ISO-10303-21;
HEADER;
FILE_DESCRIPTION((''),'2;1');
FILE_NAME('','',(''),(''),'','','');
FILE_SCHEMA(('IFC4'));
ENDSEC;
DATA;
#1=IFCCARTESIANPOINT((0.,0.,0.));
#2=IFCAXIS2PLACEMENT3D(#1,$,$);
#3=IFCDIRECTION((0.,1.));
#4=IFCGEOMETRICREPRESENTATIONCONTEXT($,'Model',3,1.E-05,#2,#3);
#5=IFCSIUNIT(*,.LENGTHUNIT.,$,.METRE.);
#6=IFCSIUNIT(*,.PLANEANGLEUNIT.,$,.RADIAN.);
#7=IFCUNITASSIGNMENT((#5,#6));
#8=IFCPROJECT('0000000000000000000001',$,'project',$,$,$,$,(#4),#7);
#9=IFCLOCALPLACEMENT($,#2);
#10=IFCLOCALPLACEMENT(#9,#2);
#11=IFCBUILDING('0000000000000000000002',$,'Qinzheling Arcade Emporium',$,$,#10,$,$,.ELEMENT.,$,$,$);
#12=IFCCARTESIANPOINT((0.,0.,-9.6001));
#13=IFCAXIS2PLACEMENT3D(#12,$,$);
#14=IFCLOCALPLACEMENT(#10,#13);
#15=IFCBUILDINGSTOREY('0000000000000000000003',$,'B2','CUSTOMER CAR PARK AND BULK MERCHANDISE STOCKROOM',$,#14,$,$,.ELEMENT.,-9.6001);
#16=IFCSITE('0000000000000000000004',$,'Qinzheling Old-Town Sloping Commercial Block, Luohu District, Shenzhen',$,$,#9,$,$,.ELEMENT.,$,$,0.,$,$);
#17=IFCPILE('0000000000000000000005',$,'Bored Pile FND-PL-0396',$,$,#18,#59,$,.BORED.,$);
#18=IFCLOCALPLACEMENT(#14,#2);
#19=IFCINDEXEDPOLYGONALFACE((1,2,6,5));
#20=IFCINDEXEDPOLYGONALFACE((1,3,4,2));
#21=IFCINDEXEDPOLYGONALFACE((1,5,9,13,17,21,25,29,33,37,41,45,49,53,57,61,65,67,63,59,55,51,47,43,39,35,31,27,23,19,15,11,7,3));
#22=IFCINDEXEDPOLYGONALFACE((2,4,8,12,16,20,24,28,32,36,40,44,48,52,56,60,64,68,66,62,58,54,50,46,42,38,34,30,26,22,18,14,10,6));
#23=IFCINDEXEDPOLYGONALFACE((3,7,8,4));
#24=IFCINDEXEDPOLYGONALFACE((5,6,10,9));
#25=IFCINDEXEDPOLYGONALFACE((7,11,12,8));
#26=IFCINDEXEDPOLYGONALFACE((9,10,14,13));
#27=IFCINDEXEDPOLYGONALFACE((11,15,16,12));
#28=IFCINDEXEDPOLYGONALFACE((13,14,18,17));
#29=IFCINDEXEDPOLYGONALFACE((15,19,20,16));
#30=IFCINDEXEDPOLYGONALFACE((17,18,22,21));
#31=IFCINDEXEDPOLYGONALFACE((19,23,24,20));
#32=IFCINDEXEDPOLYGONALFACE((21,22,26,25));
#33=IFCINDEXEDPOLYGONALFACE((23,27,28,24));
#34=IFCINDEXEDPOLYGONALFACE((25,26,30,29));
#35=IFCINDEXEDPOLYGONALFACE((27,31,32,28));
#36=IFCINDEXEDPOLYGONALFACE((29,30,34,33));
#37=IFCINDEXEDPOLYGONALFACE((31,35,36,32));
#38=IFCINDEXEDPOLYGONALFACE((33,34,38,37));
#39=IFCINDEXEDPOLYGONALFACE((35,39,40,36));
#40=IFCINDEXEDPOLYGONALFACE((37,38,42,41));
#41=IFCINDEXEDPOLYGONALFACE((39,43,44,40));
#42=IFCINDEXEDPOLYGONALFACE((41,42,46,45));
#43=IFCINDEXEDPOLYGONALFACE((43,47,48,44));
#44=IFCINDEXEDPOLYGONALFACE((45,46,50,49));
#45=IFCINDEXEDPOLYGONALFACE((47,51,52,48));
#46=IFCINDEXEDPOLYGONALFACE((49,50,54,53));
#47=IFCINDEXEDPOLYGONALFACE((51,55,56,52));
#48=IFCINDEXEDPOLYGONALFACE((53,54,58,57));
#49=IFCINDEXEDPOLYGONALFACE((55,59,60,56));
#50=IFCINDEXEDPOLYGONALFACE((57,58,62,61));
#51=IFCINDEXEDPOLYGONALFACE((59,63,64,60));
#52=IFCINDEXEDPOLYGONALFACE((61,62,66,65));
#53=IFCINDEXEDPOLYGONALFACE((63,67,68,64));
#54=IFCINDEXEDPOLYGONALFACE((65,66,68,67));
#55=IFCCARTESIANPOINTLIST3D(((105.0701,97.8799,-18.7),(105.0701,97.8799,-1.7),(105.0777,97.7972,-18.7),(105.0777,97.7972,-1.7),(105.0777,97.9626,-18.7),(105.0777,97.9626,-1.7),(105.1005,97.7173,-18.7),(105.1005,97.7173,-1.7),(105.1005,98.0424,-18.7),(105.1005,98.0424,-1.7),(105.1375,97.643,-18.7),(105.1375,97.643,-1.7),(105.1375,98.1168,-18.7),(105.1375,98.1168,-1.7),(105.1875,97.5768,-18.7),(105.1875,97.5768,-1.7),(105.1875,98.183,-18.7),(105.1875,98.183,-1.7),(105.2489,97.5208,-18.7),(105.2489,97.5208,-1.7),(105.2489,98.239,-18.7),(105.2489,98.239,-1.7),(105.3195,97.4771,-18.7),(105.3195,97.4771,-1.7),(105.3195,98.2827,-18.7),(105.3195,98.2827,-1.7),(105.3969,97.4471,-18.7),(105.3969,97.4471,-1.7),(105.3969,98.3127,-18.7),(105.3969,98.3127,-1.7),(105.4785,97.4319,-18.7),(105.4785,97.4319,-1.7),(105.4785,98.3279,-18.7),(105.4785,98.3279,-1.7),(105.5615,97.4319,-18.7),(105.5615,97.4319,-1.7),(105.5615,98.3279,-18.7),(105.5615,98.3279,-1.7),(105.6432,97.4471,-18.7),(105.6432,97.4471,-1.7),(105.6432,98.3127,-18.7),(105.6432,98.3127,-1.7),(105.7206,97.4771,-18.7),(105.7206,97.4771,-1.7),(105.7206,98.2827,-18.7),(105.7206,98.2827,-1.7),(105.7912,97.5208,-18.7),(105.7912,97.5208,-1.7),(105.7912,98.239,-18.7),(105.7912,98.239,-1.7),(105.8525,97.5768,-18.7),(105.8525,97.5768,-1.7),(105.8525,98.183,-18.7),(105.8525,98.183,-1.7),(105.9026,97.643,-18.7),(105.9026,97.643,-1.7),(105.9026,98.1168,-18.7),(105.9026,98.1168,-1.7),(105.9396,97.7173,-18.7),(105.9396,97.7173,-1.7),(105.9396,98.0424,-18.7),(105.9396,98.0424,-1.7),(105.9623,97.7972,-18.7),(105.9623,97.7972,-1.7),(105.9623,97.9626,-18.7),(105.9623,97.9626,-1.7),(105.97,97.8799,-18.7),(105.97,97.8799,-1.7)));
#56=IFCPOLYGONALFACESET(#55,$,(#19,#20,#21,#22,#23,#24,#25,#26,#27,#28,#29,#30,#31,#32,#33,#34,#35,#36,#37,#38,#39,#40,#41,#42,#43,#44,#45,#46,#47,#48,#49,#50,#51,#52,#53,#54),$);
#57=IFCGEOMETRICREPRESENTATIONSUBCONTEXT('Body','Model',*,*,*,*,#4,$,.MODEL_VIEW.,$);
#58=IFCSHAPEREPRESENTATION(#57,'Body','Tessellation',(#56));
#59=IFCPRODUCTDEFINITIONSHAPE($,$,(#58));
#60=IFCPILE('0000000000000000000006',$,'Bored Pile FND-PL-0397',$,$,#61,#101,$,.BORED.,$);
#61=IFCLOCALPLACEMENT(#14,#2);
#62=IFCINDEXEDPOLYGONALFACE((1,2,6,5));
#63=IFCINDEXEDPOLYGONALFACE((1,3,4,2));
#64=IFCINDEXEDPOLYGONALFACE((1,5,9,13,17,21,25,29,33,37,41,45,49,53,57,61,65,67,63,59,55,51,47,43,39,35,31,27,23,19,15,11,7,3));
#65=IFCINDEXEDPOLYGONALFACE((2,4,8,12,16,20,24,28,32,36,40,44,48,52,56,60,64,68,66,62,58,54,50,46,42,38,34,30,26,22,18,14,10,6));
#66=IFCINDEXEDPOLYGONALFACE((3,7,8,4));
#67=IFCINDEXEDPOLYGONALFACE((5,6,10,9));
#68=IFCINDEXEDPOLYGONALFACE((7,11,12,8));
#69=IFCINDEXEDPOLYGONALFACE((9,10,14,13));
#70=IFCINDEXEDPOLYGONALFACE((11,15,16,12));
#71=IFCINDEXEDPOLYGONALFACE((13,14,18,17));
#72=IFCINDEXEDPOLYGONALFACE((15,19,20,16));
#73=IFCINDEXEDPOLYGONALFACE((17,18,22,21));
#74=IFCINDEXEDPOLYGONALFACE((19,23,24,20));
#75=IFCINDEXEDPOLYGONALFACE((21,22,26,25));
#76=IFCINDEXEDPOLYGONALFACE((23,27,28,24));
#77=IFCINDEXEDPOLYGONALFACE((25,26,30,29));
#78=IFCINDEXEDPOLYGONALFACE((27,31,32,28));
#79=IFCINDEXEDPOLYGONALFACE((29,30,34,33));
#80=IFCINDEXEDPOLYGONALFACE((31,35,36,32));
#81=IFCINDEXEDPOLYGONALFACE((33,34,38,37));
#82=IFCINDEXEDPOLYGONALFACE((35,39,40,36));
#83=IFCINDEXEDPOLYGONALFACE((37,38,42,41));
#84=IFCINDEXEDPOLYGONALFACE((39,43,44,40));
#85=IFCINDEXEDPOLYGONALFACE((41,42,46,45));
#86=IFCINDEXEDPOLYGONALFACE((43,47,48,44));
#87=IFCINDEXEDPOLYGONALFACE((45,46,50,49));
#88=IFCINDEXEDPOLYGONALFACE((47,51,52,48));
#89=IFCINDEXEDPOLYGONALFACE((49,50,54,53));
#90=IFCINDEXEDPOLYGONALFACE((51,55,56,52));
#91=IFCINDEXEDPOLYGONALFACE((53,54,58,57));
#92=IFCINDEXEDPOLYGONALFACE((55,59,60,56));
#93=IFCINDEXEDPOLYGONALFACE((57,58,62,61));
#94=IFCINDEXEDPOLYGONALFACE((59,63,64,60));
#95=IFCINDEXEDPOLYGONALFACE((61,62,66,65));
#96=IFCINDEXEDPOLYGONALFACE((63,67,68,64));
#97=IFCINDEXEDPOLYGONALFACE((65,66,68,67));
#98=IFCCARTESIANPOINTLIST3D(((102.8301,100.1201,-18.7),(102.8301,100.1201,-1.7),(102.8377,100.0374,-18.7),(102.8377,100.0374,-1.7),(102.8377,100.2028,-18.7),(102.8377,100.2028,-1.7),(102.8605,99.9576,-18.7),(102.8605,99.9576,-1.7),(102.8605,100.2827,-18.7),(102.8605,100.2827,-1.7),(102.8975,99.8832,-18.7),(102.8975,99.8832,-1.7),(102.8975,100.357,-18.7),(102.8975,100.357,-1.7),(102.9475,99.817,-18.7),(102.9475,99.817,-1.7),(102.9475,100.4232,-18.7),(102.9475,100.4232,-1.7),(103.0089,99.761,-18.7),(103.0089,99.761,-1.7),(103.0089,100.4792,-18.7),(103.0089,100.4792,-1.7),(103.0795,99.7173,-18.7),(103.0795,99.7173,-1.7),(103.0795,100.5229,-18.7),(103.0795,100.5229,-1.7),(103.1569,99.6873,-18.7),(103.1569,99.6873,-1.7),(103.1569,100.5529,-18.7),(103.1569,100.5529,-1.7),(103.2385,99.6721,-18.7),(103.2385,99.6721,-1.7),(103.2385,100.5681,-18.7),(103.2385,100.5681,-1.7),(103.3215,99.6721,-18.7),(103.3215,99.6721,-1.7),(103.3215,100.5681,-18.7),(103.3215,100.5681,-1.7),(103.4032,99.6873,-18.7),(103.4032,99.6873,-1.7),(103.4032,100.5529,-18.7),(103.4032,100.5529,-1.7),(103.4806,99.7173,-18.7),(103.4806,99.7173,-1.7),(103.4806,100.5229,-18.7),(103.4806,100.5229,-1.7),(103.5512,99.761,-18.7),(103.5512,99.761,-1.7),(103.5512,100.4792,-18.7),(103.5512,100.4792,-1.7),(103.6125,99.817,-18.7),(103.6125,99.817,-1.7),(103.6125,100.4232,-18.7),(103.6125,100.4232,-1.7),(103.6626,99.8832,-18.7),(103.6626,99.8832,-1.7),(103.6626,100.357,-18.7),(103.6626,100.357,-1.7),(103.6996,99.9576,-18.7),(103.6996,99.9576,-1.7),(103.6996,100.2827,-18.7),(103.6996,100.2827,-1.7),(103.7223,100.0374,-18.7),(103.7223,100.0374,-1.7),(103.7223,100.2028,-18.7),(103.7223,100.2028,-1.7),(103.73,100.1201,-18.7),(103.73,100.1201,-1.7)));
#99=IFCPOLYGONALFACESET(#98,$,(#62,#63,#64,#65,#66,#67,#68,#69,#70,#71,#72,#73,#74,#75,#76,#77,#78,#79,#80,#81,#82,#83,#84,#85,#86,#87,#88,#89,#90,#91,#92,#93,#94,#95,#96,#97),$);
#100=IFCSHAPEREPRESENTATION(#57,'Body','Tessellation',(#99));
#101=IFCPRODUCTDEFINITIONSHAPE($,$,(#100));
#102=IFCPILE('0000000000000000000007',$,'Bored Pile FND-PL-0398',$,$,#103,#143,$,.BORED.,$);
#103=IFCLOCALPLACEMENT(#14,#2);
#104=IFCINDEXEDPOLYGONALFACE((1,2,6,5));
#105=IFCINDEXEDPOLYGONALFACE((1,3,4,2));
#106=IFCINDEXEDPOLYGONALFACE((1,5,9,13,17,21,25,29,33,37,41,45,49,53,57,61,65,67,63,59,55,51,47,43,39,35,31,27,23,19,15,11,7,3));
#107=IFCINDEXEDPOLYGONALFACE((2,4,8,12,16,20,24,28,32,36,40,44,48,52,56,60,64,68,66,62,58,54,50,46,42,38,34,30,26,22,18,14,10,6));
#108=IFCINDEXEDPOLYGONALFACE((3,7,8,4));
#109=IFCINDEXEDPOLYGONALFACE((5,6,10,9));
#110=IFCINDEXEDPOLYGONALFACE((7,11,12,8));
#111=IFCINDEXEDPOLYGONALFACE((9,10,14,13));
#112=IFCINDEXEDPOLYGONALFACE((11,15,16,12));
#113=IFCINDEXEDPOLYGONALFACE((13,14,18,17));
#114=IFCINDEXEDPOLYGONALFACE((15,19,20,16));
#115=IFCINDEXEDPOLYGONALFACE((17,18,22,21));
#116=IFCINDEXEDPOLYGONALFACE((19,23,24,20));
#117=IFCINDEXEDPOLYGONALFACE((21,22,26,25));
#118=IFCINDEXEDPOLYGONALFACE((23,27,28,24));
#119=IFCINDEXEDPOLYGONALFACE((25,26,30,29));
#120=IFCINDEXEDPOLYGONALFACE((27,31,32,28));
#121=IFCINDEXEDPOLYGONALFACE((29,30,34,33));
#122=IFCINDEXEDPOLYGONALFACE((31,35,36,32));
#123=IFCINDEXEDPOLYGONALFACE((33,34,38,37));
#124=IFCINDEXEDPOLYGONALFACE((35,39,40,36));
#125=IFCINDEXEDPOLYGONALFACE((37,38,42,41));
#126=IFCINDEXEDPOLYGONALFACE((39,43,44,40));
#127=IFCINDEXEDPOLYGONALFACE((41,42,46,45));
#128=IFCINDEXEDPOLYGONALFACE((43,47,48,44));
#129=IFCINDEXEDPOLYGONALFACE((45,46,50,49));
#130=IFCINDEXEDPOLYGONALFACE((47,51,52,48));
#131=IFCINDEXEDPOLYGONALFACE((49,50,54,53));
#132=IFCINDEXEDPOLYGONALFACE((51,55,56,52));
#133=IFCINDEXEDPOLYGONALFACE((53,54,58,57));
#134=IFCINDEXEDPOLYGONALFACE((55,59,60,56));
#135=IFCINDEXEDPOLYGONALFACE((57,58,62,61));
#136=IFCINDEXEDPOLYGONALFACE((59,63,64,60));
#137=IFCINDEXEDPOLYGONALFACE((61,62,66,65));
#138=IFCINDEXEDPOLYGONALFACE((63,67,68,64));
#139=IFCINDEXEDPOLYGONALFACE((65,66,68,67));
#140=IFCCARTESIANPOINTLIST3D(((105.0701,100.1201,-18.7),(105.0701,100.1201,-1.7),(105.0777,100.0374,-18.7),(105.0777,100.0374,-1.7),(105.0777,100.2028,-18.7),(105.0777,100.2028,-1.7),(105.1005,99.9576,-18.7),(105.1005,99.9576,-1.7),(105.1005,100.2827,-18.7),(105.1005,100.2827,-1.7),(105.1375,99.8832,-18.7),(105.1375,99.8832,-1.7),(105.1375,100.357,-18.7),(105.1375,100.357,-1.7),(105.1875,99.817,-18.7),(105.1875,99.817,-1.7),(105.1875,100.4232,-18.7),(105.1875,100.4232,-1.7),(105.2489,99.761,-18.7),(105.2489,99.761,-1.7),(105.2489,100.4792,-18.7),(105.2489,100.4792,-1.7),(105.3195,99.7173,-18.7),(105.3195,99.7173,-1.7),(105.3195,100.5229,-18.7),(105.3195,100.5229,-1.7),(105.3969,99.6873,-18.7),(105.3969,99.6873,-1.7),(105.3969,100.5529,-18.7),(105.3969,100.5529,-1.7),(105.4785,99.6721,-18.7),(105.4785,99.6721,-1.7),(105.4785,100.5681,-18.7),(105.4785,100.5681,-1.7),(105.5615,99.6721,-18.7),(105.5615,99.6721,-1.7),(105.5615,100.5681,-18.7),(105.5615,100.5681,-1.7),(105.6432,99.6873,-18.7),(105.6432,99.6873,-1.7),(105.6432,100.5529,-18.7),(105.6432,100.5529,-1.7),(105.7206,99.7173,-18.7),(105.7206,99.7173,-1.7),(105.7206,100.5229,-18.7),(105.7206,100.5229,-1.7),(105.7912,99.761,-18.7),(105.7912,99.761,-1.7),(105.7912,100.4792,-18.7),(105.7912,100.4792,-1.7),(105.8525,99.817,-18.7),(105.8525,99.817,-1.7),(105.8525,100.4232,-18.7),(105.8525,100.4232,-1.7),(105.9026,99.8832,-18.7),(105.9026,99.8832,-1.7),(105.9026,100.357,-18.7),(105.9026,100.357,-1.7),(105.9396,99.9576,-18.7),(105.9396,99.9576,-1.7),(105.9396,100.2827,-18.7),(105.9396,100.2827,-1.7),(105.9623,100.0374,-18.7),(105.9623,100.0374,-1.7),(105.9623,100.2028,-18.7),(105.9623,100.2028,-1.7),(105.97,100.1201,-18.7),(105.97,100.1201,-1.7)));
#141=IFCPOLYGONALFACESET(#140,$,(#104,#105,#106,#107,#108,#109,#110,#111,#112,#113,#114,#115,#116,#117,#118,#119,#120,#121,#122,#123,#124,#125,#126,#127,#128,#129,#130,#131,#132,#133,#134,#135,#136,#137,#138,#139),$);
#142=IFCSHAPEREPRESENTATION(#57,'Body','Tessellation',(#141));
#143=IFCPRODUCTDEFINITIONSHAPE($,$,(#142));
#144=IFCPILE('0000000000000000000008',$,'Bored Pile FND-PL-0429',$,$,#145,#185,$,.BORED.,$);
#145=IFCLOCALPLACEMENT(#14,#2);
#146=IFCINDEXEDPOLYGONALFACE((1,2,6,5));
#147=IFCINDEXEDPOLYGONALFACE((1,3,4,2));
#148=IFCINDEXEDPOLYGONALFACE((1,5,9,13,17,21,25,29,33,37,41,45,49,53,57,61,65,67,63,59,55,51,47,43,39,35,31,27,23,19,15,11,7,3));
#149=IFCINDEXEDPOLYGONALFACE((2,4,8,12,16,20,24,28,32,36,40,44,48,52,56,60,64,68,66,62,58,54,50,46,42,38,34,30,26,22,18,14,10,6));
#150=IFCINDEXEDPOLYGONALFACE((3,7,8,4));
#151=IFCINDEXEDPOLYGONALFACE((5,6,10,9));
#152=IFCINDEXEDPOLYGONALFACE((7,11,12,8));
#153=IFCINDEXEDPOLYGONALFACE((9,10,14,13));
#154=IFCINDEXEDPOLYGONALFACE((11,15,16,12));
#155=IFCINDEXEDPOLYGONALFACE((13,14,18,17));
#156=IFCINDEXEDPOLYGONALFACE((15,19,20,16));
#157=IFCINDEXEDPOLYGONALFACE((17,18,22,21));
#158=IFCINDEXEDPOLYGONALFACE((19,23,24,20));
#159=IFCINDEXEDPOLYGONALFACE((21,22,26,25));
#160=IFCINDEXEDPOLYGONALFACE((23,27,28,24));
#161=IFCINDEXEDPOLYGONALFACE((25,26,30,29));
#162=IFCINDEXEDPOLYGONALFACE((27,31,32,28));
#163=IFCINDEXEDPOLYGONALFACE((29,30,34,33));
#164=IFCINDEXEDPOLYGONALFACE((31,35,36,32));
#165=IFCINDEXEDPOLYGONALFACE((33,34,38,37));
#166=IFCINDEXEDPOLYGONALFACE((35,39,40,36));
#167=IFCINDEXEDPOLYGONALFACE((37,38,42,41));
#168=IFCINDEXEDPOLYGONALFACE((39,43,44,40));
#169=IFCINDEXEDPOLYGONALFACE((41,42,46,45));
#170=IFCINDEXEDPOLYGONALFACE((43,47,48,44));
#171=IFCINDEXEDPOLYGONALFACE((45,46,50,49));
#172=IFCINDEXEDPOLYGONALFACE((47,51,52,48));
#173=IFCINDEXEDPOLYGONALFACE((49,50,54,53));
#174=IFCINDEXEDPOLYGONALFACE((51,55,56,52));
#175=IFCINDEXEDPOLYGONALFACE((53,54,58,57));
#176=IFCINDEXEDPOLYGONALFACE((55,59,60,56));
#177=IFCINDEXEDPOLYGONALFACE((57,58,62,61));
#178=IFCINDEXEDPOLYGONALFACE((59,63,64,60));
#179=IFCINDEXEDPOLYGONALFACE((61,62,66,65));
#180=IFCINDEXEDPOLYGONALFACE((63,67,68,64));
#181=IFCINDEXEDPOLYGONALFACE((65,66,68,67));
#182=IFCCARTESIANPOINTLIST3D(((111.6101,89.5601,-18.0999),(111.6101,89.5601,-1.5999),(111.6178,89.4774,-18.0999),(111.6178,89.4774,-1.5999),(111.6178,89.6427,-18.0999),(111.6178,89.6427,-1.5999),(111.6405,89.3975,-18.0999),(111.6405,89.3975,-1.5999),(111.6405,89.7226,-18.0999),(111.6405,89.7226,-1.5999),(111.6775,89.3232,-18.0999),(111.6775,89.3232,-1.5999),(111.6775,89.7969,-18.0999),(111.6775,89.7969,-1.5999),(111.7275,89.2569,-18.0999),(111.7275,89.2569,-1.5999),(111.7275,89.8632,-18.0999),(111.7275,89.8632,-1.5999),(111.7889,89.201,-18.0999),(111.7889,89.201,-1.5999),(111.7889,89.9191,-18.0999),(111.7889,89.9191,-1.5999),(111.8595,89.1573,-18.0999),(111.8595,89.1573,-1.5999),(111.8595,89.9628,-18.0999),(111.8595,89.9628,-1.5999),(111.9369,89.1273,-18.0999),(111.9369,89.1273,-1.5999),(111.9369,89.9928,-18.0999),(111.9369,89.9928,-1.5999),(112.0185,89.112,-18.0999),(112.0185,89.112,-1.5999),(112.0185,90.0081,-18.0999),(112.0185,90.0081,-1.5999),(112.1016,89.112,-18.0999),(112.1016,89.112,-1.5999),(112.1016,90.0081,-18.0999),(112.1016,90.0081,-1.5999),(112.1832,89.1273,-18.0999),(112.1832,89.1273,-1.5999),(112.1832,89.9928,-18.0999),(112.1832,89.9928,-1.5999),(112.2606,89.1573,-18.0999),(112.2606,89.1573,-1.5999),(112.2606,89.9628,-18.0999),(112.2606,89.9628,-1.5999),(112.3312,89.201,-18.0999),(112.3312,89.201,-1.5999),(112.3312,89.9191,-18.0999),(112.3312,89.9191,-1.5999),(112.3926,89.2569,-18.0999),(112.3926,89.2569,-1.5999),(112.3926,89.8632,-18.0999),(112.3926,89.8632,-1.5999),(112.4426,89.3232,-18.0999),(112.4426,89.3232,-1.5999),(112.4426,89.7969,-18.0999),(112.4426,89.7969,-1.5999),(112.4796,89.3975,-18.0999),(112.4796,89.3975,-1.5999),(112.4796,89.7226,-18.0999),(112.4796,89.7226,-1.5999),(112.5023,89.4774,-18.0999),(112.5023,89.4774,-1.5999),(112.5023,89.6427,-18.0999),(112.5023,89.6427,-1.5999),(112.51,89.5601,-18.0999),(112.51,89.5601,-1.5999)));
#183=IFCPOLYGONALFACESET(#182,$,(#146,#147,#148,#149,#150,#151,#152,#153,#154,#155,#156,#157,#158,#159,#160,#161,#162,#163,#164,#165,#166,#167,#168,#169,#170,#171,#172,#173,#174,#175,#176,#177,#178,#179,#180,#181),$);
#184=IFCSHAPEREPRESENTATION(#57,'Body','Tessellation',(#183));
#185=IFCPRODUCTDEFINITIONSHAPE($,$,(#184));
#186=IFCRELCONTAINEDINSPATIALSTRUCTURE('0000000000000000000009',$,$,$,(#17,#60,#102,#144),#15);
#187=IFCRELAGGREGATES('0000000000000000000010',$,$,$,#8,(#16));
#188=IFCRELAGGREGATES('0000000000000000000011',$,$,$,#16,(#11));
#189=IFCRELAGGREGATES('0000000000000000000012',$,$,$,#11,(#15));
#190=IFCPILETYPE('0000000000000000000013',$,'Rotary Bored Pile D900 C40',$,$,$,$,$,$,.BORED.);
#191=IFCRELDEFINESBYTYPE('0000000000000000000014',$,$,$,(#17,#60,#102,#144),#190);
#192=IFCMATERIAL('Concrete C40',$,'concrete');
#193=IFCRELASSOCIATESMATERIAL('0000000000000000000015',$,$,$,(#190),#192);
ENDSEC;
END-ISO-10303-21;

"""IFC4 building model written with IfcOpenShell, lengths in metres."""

from ifc_helpers import new_model, si_unit, direction, frame, origin, origin_2d, place, context, subcontext, project, spatial, circle, extrude, material, material_profile, profile_set, type_object, element, save


model = new_model("IFC4")

# Units and contexts
model_context = context("Model", 3, precision=1e-05, world=origin(), true_north=direction((0.0, 1.0)))
body_context = subcontext(model_context, "Body", "Model", "MODEL_VIEW")
ifc_project = project(units=[si_unit("LENGTHUNIT", "METRE"), si_unit("PLANEANGLEUNIT", "RADIAN")], contexts=[model_context])

# Site, building, storey
site_placement = place(None, origin())
site = spatial("IfcSite", under=ifc_project, at=site_placement, Name="Qinzheling Old-Town Sloping Commercial Block, Luohu District, Shenzhen", CompositionType="ELEMENT", RefElevation=0.0)
building_placement = place(site_placement, origin())
building = spatial("IfcBuilding", under=site, at=building_placement, Name="Qinzheling Arcade Emporium", CompositionType="ELEMENT")
storey_placement = place(building_placement, frame((0.0, 0.0, -9.6001)))
storey = spatial("IfcBuildingStorey", under=building, at=storey_placement, Name="B2", Description="CUSTOMER CAR PARK AND BULK MERCHANDISE STOCKROOM", CompositionType="ELEMENT", Elevation=-9.6001)

# Shared definitions
ifc_material_1 = material(Name="Concrete C40", Category="concrete")

# Piles
ifc_material_profile_1 = material_profile(ifc_material_1, circle(Radius=0.45, at=origin_2d()), Name="BORED D900", Category="concrete")
ifc_profile_set_1 = profile_set([ifc_material_profile_1], Name="Concrete C40")
pile_type = type_object("IfcPileType", Name="Rotary Bored Pile D900 C40", PredefinedType="BORED", material=ifc_profile_set_1)
for number, where, z_axis, x_axis, name in (
    (1, (105.52, 97.8799, -1.7), (0.0, 0.0, -1.0), (1.0, 0.0, 0.0), "Bored Pile FND-PL-0396"),
    (2, (103.28, 100.1201, -1.7), (0.0, 0.0, -1.0), (1.0, 0.0, 0.0), "Bored Pile FND-PL-0397"),
    (3, (105.52, 100.1201, -1.7), (0.0, 0.0, -1.0), (1.0, 0.0, 0.0), "Bored Pile FND-PL-0398"),
):
    element("IfcPile", number, at=place(storey_placement, frame(where, z_axis=z_axis, x_axis=x_axis)), inside=storey, type_object=pile_type, Name=name, PredefinedType="BORED", context=body_context, shape_type="SweptSolid", body=[
        extrude(circle(Radius=0.45, at=origin_2d()), origin(), (0.0, 0.0, 1.0), 17.0),
    ])
for number, where, z_axis, x_axis, name in (
    (4, (112.0601, 89.5601, -1.5999), (0.0, 0.0, -1.0), (1.0, 0.0, 0.0), "Bored Pile FND-PL-0429"),
):
    element("IfcPile", number, at=place(storey_placement, frame(where, z_axis=z_axis, x_axis=x_axis)), inside=storey, type_object=pile_type, Name=name, PredefinedType="BORED", context=body_context, shape_type="SweptSolid", body=[
        extrude(circle(Radius=0.45, at=origin_2d()), origin(), (0.0, 0.0, 1.0), 16.5),
    ])

save(model, "model.ifc")
